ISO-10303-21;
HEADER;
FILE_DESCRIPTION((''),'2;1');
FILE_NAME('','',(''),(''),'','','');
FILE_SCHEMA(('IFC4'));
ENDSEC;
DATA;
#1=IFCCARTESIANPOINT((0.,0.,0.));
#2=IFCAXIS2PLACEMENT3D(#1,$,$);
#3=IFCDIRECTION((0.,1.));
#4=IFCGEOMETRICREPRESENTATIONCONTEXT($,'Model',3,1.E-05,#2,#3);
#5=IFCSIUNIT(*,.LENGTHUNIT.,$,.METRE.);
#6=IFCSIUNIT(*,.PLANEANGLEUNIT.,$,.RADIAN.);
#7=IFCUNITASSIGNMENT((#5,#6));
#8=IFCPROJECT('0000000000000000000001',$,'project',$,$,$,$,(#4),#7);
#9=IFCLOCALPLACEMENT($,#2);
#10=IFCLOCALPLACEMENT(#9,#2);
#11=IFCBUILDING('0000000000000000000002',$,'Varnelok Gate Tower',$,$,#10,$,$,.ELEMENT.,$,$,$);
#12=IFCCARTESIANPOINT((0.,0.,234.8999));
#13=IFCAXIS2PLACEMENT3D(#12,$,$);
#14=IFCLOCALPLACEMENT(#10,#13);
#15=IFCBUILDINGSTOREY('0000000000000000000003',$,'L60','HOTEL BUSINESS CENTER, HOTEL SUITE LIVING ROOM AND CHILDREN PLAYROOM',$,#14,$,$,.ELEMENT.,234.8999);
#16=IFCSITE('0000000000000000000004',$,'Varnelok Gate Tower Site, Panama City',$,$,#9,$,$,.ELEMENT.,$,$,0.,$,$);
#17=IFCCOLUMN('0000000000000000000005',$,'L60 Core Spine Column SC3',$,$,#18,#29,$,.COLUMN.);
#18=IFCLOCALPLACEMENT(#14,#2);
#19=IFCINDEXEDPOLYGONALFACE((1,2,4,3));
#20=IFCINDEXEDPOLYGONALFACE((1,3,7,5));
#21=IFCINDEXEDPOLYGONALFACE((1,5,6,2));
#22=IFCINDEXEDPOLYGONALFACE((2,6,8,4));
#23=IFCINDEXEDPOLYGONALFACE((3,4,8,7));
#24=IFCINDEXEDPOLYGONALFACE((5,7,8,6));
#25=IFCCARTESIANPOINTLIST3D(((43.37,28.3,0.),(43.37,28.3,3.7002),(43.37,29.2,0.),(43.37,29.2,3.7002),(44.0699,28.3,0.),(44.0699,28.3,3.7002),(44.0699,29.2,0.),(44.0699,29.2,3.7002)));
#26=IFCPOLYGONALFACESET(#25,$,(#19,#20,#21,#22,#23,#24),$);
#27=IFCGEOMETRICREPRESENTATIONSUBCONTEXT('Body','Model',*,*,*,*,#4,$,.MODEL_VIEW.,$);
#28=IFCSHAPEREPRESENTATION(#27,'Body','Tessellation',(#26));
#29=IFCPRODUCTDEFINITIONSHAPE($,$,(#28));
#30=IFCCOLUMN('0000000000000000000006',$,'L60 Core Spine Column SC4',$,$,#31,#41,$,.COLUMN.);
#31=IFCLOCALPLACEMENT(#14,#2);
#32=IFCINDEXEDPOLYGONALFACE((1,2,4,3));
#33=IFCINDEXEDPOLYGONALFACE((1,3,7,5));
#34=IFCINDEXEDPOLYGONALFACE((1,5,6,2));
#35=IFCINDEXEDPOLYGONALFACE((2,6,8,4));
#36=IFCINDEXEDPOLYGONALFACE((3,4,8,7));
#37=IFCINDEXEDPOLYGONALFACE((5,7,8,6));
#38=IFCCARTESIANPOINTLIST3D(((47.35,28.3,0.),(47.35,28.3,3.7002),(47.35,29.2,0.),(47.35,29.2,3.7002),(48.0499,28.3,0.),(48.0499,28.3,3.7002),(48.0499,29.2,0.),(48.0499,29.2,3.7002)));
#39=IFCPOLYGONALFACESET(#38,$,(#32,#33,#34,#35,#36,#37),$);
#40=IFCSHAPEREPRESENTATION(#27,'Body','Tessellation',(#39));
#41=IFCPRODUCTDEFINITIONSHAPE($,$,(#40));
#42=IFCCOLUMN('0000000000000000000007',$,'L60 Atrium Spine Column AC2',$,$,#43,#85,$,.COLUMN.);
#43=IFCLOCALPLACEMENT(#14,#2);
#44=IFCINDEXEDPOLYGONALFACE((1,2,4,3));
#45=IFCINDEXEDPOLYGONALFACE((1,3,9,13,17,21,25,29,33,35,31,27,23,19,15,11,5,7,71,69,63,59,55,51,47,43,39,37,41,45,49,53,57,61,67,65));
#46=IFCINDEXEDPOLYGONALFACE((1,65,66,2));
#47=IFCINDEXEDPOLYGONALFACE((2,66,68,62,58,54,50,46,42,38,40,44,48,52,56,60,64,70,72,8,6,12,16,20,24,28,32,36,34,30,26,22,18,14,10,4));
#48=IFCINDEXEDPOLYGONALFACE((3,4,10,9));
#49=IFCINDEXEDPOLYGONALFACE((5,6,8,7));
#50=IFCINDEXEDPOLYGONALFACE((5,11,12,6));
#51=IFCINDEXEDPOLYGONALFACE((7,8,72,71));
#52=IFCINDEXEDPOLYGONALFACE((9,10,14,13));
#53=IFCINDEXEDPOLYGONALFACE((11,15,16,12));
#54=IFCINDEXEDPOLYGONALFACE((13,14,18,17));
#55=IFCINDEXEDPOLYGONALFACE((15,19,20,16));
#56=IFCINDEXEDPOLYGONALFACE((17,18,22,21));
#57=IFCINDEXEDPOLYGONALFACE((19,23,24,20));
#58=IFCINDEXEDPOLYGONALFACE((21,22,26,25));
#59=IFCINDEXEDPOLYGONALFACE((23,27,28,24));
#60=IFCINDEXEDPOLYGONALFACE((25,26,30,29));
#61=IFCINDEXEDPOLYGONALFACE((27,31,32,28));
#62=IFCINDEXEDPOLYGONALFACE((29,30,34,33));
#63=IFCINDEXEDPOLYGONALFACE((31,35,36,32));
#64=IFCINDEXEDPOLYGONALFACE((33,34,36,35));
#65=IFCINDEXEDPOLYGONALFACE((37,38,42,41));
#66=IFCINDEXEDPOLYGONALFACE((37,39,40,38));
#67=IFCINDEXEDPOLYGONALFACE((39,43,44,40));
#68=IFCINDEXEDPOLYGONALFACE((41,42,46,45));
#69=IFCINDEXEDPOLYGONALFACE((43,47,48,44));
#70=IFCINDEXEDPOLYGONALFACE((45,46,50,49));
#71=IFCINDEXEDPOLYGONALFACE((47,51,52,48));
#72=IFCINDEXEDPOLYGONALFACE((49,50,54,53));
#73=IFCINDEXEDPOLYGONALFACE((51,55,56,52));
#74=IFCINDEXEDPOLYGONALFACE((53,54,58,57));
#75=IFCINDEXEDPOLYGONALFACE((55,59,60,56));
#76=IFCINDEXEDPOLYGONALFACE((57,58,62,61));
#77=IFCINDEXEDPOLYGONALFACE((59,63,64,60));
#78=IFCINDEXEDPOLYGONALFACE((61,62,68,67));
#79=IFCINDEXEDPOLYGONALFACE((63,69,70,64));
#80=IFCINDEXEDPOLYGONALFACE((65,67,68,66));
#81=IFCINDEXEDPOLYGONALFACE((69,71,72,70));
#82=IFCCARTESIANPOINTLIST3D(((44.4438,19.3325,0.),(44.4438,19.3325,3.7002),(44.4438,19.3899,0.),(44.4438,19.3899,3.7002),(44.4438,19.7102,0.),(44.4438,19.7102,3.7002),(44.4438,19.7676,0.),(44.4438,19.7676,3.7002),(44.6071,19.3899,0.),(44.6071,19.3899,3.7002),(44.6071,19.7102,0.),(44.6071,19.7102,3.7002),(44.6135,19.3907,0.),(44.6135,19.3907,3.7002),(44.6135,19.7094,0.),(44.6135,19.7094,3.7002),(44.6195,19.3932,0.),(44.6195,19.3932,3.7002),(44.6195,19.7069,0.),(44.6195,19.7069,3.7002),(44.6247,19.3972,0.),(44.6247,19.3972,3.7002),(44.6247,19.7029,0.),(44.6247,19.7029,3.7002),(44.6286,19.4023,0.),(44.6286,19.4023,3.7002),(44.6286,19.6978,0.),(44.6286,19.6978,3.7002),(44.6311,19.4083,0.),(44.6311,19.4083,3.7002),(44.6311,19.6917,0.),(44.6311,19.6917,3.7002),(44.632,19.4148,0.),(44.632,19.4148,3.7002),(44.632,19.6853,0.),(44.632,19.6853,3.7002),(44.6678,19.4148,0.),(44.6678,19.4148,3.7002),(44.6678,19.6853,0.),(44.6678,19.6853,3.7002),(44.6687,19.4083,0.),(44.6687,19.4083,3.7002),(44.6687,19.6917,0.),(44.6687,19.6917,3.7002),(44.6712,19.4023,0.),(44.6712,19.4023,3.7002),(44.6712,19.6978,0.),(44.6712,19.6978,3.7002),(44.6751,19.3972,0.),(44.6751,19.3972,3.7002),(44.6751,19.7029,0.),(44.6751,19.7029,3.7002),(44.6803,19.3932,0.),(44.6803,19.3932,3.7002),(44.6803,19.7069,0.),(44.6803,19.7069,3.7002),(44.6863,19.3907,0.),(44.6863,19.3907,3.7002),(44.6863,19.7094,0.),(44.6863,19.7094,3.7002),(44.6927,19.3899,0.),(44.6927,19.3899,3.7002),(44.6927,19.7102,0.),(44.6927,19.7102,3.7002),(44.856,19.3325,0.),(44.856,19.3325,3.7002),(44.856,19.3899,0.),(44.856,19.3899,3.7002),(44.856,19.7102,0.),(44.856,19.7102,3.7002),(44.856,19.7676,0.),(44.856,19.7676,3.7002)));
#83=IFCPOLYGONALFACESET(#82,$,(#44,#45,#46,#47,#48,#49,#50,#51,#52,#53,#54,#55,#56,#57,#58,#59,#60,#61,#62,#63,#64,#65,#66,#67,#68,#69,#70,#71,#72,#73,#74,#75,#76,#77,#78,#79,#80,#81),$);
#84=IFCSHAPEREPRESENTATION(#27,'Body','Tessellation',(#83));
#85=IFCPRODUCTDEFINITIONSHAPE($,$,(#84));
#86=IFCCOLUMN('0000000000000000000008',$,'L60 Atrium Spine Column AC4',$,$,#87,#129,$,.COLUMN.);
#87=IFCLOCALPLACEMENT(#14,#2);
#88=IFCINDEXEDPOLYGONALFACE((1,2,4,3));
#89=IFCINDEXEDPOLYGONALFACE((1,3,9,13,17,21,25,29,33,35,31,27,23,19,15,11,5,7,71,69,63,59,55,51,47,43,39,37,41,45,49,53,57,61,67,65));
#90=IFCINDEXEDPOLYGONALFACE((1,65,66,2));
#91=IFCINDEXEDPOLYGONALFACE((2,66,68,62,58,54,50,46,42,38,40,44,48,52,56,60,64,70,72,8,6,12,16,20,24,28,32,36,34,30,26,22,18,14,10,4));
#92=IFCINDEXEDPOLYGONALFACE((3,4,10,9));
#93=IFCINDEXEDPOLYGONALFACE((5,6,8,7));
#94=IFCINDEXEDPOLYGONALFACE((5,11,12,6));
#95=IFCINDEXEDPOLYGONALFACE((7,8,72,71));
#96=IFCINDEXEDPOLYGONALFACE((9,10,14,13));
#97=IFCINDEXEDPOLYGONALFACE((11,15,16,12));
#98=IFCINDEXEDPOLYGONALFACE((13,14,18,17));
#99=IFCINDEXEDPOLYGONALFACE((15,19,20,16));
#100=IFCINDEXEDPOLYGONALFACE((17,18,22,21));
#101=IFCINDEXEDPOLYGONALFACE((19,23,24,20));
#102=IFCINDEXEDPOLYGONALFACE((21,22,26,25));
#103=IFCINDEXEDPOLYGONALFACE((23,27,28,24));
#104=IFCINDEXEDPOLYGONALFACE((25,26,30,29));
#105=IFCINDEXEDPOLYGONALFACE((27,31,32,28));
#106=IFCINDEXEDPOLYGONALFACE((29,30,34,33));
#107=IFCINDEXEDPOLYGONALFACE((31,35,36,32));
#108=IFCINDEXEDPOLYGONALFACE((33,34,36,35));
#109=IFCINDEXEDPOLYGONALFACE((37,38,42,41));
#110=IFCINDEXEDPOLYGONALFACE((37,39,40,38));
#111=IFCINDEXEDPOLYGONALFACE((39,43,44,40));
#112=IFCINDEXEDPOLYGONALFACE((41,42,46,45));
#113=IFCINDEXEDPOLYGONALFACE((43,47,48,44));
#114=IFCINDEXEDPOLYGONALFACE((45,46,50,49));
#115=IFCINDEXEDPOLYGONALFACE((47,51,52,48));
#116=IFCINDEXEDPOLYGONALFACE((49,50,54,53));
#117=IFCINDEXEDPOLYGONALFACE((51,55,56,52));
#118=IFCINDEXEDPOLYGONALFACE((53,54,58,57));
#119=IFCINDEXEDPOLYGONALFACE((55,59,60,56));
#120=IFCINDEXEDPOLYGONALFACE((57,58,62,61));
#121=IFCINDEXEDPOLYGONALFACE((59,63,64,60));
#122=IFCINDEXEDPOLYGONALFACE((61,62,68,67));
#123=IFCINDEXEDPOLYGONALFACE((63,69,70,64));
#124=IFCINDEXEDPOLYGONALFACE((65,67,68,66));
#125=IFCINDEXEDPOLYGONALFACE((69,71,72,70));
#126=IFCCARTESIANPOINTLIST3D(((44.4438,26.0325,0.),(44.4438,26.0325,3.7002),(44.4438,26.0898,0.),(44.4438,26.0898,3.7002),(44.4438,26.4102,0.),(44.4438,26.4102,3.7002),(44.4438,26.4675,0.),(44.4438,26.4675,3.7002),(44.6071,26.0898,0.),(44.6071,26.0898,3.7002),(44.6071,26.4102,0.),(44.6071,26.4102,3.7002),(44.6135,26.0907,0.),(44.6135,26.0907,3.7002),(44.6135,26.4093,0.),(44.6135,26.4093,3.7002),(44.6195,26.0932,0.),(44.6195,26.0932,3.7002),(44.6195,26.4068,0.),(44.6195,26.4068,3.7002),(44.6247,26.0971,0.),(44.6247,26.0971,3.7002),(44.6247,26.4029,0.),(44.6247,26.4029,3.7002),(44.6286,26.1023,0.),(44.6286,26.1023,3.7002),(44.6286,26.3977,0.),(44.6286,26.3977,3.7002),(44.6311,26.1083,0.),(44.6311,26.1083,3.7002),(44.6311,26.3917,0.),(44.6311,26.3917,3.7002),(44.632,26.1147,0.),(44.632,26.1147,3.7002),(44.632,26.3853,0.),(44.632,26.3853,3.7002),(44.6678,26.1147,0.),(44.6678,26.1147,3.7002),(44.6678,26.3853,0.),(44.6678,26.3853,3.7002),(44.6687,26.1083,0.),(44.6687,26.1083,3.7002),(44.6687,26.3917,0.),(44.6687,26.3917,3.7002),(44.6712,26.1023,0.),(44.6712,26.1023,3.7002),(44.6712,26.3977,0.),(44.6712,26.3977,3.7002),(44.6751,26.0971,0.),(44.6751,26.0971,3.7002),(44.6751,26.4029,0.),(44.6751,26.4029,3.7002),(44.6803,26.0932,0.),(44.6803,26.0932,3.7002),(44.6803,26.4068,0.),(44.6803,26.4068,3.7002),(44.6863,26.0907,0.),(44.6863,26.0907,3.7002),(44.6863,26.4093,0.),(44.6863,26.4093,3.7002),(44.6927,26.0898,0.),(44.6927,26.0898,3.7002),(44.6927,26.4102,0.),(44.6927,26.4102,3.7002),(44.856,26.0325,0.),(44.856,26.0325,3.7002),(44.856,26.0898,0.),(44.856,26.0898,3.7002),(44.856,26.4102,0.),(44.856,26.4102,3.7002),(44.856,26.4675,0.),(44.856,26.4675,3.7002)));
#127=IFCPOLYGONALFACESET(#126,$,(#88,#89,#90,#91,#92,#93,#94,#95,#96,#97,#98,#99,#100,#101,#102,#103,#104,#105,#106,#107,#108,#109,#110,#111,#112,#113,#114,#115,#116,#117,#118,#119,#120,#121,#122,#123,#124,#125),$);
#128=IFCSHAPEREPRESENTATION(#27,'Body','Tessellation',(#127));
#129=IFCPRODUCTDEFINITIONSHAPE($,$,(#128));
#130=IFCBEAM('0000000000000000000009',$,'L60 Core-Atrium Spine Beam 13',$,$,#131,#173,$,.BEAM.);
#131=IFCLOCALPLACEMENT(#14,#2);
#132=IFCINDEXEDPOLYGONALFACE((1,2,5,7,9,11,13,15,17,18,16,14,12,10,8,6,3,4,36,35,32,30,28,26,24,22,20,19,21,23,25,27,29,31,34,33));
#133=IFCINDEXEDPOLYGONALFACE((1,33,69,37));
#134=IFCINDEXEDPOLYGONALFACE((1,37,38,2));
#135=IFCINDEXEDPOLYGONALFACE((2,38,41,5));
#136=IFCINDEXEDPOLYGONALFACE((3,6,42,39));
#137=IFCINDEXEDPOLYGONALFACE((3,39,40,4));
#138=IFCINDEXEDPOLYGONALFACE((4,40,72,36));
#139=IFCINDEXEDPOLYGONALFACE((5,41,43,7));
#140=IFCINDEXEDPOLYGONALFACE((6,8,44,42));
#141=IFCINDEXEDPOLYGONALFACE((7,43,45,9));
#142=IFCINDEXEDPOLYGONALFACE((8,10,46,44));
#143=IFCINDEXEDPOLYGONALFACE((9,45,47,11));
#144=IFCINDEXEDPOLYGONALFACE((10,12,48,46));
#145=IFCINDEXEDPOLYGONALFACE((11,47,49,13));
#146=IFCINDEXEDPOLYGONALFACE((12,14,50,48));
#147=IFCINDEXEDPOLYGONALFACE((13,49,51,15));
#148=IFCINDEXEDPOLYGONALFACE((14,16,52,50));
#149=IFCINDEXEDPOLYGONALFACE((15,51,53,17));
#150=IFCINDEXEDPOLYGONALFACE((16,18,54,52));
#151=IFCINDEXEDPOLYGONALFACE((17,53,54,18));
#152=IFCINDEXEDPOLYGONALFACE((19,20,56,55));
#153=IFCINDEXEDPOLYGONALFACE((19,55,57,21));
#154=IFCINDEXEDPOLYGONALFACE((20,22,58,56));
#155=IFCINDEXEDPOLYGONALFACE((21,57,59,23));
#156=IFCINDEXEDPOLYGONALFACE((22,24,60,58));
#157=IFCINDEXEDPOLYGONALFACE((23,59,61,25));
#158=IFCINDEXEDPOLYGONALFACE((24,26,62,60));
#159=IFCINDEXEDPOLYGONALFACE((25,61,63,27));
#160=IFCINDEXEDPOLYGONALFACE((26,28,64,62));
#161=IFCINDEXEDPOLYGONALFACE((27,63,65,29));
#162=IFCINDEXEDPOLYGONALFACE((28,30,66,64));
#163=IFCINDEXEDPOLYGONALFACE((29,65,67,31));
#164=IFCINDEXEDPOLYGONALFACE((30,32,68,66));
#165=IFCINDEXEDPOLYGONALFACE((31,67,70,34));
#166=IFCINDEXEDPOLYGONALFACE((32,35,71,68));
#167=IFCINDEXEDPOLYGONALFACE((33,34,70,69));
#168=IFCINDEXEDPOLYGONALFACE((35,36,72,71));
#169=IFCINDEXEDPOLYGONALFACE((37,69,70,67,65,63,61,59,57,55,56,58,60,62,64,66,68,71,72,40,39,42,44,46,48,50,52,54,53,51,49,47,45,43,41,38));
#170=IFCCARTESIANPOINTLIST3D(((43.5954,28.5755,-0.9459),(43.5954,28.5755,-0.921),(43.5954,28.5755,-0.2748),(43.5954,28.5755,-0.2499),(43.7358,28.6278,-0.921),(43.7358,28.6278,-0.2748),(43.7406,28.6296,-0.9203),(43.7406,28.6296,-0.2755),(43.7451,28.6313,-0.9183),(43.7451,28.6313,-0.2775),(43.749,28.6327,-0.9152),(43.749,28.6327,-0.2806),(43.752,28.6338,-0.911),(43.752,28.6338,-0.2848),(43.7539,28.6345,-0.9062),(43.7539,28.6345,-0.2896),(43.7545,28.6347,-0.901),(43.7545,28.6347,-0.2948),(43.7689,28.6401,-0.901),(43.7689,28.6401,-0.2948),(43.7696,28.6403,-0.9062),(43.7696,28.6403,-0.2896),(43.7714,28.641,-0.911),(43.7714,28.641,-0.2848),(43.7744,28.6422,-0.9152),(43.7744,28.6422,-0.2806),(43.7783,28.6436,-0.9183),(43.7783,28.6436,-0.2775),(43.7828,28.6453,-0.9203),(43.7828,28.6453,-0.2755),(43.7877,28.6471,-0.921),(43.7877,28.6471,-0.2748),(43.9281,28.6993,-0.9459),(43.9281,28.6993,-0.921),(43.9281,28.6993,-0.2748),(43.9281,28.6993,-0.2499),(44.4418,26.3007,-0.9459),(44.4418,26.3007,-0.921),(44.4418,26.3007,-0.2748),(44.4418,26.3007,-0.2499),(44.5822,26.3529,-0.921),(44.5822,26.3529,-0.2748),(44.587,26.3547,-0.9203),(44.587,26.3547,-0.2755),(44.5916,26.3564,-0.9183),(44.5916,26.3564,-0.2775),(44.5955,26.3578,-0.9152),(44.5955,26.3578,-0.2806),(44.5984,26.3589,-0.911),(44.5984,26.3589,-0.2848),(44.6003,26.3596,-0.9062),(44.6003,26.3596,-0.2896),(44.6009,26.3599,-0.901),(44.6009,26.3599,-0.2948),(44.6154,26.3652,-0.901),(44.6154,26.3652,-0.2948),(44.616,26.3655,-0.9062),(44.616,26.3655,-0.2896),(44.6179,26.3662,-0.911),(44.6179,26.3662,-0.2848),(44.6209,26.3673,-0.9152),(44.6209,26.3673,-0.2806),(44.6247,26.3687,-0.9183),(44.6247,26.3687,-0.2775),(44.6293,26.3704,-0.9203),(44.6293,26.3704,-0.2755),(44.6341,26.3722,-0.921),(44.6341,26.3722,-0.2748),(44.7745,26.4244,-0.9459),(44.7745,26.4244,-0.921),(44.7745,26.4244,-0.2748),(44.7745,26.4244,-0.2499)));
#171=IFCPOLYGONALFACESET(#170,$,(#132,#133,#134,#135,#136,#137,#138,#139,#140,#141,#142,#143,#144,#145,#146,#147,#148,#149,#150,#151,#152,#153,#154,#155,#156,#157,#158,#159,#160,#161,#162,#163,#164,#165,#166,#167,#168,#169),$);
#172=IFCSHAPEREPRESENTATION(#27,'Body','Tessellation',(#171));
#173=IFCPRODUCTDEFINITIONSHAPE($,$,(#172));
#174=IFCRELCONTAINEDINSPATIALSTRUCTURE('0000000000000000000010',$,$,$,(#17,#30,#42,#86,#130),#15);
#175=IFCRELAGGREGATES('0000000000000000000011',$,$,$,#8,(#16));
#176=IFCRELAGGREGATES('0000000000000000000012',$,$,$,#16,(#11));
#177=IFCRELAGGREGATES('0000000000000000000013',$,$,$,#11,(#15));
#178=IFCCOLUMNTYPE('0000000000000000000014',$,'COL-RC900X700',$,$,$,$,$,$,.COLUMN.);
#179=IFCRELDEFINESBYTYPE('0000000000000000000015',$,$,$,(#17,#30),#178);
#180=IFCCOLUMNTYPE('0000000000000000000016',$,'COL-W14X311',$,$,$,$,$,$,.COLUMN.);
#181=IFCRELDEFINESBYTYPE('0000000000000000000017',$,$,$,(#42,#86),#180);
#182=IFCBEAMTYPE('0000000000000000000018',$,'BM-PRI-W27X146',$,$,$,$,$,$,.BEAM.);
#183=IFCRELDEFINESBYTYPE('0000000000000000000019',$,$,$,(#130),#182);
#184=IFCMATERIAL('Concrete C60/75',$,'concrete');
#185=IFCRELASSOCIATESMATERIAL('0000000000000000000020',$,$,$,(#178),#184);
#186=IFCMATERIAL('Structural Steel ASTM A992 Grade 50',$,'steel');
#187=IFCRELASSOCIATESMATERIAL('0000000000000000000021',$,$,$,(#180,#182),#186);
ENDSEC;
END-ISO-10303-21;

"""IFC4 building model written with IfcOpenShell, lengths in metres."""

from ifc_helpers import new_model, si_unit, direction, frame, origin, origin_2d, place, context, subcontext, project, spatial, rectangle, i_section, extrude, material, material_profile, profile_set, type_object, element, save


model = new_model("IFC4")

# Units and contexts
model_context = context("Model", 3, precision=1e-05, world=origin(), true_north=direction((0.0, 1.0)))
body_context = subcontext(model_context, "Body", "Model", "MODEL_VIEW")
ifc_project = project(units=[si_unit("LENGTHUNIT", "METRE"), si_unit("PLANEANGLEUNIT", "RADIAN")], contexts=[model_context])

# Site, building, storey
site_placement = place(None, origin())
site = spatial("IfcSite", under=ifc_project, at=site_placement, Name="Varnelok Gate Tower Site, Panama City", CompositionType="ELEMENT", RefElevation=0.0)
building_placement = place(site_placement, origin())
building = spatial("IfcBuilding", under=site, at=building_placement, Name="Varnelok Gate Tower", CompositionType="ELEMENT")
storey_placement = place(building_placement, frame((0.0, 0.0, 234.8999)))
storey = spatial("IfcBuildingStorey", under=building, at=storey_placement, Name="L60", Description="HOTEL BUSINESS CENTER, HOTEL SUITE LIVING ROOM AND CHILDREN PLAYROOM", CompositionType="ELEMENT", Elevation=234.8999)

# Columns
ifc_material_1 = material(Name="Concrete C60/75", Category="concrete")
ifc_material_profile_1 = material_profile(ifc_material_1, rectangle(XDim=0.7, YDim=0.8999, at=origin_2d()), Name="RC900X700")
ifc_profile_set_1 = profile_set([ifc_material_profile_1], Name="Concrete C60/75")
column_type_1 = type_object("IfcColumnType", Name="COL-RC900X700", PredefinedType="COLUMN", material=ifc_profile_set_1)
for number, where, z_axis, x_axis, name in (
    (1, (43.72, 28.75, 0.0), (0.0, 0.0, 1.0), (1.0, 0.0, 0.0), "L60 Core Spine Column SC3"),
    (2, (47.7, 28.75, 0.0), (0.0, 0.0, 1.0), (1.0, 0.0, 0.0), "L60 Core Spine Column SC4"),
):
    element("IfcColumn", number, at=place(storey_placement, frame(where, z_axis=z_axis, x_axis=x_axis)), inside=storey, type_object=column_type_1, Name=name, PredefinedType="COLUMN", context=body_context, shape_type="SweptSolid", body=[
        extrude(rectangle(XDim=0.7, YDim=0.8999, at=origin_2d()), origin(), (0.0, 0.0, 1.0), 3.7002),
    ])
ifc_material_2 = material(Name="Structural Steel ASTM A992 Grade 50", Category="steel")
ifc_material_profile_2 = material_profile(ifc_material_2, i_section(OverallWidth=0.4121, OverallDepth=0.4351, WebThickness=0.0359, FlangeThickness=0.0574, FilletRadius=0.0249, at=origin_2d()), Name="W14X311")
ifc_profile_set_2 = profile_set([ifc_material_profile_2], Name="Structural Steel ASTM A992 Grade 50")
column_type_2 = type_object("IfcColumnType", Name="COL-W14X311", PredefinedType="COLUMN", material=ifc_profile_set_2)
for number, where, z_axis, x_axis, name in (
    (3, (44.6499, 19.55, 0.0), (0.0, 0.0, 1.0), (1.0, 0.0, 0.0), "L60 Atrium Spine Column AC2"),
    (4, (44.6499, 26.25, 0.0), (0.0, 0.0, 1.0), (1.0, 0.0, 0.0), "L60 Atrium Spine Column AC4"),
):
    element("IfcColumn", number, at=place(storey_placement, frame(where, z_axis=z_axis, x_axis=x_axis)), inside=storey, type_object=column_type_2, Name=name, PredefinedType="COLUMN", context=body_context, shape_type="SweptSolid", body=[
        extrude(i_section(OverallWidth=0.4121, OverallDepth=0.4351, WebThickness=0.0359, FlangeThickness=0.0574, FilletRadius=0.0249, at=origin_2d()), origin(), (0.0, 0.0, 1.0), 3.7002),
    ])

# Beam
ifc_material_profile_3 = material_profile(ifc_material_2, i_section(OverallWidth=0.355, OverallDepth=0.696, WebThickness=0.0154, FlangeThickness=0.0249, FilletRadius=0.02, at=origin_2d()), Name="W27X146")
ifc_profile_set_3 = profile_set([ifc_material_profile_3], Name="Structural Steel ASTM A992 Grade 50")
beam_type_1 = type_object("IfcBeamType", Name="BM-PRI-W27X146", PredefinedType="BEAM", material=ifc_profile_set_3)
beam_1_placement = place(storey_placement, frame((44.6082, 26.3625, -0.5979), z_axis=(-0.348719, 0.937227, 0.0), x_axis=(-0.937227, -0.348719, 0.0)))
element("IfcBeam", 5, at=beam_1_placement, inside=storey, type_object=beam_type_1, Name="L60 Core-Atrium Spine Beam 13", PredefinedType="BEAM", context=body_context, shape_type="SweptSolid", body=[
    extrude(i_section(OverallWidth=0.355, OverallDepth=0.696, WebThickness=0.0154, FlangeThickness=0.0249, FilletRadius=0.02, at=origin_2d()), origin(), (0.0, 0.0, 1.0), 2.4272),
])

save(model, "model.ifc")
